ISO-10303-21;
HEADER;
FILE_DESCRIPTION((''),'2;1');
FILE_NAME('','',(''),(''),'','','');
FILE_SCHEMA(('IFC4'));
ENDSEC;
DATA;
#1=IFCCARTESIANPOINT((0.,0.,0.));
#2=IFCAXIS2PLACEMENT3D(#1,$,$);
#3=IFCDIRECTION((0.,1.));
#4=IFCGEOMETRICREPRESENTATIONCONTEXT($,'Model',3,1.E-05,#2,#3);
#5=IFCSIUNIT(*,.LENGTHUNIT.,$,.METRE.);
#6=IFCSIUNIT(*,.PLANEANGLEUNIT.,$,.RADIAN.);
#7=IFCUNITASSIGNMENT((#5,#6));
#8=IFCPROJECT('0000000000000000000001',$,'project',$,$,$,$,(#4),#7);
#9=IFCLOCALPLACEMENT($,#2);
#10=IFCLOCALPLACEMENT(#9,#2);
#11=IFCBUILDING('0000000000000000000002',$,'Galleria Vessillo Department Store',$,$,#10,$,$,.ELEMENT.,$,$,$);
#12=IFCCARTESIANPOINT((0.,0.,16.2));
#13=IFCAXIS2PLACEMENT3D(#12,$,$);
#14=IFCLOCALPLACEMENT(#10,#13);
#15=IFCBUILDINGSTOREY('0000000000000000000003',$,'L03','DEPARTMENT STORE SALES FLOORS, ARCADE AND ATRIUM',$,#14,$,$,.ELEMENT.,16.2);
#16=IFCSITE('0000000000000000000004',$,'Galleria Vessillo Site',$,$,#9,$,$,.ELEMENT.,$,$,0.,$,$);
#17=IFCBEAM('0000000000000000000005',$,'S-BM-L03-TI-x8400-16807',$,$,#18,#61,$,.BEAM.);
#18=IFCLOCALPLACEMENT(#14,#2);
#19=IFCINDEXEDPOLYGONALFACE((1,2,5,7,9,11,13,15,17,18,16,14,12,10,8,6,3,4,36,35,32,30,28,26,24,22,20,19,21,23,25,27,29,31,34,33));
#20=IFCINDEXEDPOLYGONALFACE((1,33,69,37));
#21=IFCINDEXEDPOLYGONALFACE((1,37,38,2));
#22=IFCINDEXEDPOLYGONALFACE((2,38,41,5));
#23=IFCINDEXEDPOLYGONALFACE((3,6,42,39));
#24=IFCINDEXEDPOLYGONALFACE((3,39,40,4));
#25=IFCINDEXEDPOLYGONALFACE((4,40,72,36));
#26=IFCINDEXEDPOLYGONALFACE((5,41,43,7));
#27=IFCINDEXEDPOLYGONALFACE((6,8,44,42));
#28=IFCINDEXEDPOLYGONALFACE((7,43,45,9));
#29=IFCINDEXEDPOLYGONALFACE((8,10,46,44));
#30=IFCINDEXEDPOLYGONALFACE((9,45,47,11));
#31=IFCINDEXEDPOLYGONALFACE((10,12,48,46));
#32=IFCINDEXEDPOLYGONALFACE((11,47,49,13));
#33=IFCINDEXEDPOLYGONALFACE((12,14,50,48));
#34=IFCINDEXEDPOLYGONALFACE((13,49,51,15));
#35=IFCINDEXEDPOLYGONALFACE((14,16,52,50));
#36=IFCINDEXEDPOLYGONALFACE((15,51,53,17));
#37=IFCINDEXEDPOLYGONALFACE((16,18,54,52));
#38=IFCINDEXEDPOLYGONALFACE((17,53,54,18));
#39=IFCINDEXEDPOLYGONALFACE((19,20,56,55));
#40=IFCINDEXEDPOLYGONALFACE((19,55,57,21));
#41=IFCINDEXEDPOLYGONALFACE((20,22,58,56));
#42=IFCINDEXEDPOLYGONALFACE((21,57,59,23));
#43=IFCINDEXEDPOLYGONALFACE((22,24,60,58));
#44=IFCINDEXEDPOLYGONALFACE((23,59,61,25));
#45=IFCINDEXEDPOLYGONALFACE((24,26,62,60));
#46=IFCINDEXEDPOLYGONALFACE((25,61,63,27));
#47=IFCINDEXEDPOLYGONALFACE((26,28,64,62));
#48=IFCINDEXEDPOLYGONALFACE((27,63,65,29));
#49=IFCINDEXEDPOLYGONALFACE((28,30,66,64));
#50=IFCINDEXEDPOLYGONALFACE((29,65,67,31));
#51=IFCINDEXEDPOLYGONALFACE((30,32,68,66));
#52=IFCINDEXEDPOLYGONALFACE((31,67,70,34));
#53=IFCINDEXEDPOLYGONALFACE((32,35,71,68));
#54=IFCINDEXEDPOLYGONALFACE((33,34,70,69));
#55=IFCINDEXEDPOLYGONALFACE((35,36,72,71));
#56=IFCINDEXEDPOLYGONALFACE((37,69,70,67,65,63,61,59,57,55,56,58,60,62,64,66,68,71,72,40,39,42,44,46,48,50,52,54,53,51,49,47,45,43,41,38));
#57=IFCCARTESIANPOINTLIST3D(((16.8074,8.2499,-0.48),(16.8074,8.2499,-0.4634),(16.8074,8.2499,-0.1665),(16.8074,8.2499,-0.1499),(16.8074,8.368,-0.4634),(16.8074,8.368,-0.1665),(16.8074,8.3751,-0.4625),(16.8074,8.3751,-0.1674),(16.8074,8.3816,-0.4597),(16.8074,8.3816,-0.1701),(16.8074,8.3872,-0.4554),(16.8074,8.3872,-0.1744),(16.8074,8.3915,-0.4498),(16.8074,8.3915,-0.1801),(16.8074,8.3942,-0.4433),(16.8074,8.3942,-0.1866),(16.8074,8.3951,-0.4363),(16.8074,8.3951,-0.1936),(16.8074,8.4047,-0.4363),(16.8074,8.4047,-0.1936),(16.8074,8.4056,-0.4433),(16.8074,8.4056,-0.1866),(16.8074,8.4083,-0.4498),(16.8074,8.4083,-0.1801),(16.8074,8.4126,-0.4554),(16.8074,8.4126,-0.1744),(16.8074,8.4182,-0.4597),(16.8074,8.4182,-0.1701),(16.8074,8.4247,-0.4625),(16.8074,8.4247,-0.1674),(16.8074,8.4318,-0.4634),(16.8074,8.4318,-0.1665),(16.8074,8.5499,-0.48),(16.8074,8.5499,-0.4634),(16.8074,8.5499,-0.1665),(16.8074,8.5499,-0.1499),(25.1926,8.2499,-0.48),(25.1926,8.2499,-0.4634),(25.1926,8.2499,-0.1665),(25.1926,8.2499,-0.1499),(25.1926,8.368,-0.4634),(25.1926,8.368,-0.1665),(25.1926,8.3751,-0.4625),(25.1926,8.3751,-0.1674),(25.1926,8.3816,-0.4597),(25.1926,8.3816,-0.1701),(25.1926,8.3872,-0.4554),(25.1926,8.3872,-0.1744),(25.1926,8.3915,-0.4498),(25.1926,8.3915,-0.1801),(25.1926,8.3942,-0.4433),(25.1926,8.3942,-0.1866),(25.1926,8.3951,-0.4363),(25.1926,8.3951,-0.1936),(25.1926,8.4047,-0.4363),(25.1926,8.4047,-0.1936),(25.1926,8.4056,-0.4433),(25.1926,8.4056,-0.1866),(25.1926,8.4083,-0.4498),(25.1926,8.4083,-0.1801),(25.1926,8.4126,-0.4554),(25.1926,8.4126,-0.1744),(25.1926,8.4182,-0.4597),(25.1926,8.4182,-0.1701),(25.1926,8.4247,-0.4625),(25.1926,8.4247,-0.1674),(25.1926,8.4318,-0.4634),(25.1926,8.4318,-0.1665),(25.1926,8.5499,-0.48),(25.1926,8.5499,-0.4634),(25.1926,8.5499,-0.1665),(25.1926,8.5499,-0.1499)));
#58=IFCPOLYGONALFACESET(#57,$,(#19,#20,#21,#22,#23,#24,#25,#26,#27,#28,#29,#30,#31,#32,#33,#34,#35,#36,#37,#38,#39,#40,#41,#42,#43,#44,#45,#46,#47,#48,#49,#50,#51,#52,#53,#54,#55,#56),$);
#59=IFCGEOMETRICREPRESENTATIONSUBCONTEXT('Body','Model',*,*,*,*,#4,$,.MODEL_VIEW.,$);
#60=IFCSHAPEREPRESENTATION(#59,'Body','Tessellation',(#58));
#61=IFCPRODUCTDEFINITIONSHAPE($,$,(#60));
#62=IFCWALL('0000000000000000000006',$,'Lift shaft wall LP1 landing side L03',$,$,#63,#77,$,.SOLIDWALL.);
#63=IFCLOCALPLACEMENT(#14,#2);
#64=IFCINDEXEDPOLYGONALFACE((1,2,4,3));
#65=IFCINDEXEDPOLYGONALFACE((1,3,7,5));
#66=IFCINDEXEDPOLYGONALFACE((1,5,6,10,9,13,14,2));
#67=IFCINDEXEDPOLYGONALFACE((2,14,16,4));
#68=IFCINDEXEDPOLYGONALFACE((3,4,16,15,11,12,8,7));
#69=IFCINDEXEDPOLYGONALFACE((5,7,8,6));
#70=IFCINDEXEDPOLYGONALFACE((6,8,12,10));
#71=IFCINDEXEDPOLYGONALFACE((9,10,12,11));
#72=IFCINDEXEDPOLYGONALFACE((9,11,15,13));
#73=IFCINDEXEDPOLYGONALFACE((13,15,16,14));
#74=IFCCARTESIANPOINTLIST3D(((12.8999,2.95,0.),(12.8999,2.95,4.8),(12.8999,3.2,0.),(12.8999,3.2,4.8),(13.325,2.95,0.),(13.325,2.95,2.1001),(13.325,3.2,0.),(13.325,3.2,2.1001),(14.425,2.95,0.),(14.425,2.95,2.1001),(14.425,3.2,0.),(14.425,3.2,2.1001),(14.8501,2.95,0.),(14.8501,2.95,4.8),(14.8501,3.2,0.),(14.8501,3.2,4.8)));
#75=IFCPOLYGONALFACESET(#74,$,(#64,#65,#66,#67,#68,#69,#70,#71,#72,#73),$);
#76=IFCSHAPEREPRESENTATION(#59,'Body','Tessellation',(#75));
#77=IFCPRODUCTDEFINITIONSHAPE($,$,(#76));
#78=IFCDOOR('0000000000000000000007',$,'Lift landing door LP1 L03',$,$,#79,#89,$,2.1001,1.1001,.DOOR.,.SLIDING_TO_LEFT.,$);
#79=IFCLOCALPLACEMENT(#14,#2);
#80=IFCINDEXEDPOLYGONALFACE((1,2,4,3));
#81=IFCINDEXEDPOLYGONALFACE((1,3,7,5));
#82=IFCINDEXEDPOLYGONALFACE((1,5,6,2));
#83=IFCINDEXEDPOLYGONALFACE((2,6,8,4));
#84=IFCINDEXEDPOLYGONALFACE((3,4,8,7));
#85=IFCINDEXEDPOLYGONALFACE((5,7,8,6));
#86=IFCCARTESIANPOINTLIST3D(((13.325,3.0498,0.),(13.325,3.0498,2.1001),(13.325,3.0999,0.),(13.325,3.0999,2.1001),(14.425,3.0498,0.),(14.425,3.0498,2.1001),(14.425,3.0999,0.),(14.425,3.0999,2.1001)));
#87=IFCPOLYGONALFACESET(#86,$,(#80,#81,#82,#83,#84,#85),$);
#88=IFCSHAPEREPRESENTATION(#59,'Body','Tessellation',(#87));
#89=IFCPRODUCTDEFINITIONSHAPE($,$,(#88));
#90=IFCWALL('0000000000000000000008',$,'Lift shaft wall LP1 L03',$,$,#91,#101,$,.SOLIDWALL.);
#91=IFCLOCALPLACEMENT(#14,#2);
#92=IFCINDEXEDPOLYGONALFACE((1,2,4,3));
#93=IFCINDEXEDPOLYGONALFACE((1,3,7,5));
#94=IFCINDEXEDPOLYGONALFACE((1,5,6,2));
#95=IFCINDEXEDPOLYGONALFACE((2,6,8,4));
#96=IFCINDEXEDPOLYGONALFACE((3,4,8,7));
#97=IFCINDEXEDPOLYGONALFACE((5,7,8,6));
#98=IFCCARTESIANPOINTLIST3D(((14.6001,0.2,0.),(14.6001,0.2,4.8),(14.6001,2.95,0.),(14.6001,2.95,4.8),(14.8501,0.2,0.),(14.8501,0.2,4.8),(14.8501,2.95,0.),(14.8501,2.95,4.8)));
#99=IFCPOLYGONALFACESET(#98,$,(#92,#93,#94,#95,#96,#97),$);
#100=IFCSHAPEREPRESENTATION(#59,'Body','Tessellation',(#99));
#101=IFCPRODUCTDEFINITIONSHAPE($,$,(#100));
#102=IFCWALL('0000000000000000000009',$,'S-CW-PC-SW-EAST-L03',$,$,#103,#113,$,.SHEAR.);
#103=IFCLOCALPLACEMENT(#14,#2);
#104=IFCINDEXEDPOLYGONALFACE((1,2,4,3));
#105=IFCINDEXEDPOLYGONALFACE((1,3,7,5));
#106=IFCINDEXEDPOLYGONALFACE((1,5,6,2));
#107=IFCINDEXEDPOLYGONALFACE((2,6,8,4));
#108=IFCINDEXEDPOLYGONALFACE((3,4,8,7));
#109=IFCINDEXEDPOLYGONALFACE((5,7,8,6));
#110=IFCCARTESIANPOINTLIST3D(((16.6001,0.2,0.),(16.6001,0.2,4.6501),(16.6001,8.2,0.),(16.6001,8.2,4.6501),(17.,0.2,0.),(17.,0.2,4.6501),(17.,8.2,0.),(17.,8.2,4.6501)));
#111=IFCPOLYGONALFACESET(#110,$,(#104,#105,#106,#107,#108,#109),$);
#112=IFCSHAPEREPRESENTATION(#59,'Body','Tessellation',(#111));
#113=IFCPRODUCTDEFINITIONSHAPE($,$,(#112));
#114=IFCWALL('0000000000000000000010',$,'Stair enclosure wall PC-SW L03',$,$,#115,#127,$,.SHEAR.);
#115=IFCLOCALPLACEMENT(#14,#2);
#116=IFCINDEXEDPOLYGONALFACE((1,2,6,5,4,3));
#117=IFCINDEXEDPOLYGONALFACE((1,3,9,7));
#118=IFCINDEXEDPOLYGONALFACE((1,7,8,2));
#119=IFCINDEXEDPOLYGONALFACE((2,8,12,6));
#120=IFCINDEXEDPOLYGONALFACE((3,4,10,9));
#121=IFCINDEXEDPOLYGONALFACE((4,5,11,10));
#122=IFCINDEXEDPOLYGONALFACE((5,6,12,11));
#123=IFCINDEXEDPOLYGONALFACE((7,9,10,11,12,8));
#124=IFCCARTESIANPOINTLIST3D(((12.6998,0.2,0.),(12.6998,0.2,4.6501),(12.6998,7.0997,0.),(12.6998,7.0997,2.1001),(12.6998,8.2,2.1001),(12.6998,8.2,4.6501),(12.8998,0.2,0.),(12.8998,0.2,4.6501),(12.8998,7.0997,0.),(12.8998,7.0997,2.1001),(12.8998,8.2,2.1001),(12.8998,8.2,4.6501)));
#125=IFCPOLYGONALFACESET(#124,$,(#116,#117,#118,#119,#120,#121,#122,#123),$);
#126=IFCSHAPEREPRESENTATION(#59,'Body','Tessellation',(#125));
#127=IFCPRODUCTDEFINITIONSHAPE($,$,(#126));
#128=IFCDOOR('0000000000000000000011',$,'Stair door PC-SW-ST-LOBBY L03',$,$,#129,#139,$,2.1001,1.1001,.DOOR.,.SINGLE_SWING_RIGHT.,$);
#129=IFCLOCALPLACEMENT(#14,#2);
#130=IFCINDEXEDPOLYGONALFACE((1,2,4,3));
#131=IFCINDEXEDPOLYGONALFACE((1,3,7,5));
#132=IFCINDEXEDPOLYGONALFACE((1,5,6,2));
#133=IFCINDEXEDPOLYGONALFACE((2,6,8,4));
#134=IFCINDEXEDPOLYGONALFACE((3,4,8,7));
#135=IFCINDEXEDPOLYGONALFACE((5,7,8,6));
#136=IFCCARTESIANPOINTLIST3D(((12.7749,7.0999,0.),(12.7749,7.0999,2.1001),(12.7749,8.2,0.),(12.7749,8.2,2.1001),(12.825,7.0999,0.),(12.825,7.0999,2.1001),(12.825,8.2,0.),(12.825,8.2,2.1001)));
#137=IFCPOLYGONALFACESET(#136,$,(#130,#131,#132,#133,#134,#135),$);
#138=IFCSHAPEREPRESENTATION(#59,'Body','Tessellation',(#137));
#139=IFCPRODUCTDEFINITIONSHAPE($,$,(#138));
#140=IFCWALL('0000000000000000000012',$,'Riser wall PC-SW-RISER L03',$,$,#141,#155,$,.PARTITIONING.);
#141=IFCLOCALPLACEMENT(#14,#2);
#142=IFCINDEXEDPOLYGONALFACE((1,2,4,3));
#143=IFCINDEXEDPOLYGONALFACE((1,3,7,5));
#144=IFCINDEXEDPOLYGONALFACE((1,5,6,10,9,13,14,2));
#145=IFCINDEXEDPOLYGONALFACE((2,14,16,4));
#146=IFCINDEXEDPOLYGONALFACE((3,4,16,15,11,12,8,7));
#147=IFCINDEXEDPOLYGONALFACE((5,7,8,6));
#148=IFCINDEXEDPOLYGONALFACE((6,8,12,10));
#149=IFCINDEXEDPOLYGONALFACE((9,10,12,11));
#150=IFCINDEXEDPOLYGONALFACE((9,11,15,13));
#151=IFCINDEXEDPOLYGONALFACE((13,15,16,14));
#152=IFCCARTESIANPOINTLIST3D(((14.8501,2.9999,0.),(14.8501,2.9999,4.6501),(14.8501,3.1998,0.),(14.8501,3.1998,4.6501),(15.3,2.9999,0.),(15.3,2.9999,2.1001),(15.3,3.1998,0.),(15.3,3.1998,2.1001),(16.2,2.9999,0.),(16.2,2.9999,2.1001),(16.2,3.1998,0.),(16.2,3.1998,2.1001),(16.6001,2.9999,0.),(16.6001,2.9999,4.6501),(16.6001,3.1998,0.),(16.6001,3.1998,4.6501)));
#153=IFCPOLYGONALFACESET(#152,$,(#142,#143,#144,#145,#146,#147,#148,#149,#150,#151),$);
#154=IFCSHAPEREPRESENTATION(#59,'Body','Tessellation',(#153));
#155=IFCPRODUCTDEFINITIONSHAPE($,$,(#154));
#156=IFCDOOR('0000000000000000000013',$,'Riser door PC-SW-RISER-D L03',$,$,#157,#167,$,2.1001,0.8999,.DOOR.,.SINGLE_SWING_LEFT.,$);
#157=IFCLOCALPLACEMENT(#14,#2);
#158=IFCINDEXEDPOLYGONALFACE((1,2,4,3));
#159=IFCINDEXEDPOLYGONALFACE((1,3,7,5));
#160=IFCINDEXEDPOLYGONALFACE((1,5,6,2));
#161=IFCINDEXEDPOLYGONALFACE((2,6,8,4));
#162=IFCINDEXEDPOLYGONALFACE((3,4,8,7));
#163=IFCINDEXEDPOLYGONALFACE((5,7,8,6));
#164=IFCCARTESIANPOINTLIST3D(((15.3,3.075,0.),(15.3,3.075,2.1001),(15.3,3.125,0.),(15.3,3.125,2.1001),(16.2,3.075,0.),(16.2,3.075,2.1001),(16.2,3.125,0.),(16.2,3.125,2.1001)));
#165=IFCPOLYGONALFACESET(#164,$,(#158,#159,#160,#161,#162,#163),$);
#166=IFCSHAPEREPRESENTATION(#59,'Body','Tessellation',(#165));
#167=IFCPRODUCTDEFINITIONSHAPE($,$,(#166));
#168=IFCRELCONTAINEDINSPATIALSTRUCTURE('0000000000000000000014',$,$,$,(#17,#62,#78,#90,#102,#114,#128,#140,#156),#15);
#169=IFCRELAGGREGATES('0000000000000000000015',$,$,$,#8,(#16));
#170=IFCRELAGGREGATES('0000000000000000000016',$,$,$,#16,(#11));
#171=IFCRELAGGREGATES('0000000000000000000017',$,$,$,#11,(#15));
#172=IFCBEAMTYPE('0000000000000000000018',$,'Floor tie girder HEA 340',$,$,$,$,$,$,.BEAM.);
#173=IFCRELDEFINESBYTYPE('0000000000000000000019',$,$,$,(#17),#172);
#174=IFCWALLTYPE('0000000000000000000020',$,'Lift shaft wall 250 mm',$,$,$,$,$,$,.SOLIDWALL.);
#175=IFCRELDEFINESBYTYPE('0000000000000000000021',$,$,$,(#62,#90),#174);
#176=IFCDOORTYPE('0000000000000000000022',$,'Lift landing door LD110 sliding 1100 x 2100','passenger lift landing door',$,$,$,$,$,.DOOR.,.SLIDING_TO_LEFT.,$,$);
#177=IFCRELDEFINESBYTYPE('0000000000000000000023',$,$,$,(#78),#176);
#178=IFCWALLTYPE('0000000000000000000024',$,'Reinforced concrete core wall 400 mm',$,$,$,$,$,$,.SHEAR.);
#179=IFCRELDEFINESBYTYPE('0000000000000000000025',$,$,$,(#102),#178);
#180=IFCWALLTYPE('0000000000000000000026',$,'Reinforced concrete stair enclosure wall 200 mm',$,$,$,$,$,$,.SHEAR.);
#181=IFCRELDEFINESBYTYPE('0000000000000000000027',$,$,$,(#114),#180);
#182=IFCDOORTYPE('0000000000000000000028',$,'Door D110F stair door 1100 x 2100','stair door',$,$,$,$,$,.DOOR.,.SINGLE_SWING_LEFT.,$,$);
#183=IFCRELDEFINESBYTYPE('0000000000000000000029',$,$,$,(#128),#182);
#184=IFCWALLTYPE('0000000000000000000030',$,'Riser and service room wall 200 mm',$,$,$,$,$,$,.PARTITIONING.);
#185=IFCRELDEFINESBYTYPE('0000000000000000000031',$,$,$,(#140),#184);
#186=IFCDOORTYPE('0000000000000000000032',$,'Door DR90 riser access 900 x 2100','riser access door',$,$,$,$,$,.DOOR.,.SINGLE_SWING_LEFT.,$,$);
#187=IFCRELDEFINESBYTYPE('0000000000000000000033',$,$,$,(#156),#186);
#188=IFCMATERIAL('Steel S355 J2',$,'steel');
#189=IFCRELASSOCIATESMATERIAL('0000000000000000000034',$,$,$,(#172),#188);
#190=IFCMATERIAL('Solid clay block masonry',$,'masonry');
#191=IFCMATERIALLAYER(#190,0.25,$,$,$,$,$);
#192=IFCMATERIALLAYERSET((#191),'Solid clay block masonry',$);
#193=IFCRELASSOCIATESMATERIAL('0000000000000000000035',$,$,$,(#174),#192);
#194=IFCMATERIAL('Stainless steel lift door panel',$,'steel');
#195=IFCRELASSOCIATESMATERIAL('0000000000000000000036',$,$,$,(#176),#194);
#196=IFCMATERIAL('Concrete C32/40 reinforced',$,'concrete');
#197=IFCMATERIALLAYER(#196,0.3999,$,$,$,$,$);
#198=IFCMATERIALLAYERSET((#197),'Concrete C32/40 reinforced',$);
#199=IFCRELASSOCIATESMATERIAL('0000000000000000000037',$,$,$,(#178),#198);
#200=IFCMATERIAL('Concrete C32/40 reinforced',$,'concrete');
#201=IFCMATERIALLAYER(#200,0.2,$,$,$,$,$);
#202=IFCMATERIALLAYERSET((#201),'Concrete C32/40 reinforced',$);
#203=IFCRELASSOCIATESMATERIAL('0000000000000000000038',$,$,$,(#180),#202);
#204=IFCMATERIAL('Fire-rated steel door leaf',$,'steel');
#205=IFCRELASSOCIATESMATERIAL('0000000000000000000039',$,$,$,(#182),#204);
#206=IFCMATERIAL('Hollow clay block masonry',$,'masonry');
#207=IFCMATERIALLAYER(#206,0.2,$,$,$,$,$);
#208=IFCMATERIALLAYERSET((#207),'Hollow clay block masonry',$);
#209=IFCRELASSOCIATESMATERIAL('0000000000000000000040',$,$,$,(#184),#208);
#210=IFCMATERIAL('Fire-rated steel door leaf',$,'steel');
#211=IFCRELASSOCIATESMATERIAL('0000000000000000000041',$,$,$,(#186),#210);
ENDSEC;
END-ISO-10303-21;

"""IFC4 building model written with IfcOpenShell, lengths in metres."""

from ifc_helpers import new_model, si_unit, direction, frame, frame_2d, origin, origin_2d, place, context, subcontext, project, spatial, rectangle, i_section, extrude, material, layer, layer_set, material_profile, profile_set, type_object, element, fill, save


model = new_model("IFC4")

# Units and contexts
model_context = context("Model", 3, precision=1e-05, world=origin(), true_north=direction((0.0, 1.0)))
body_context = subcontext(model_context, "Body", "Model", "MODEL_VIEW")
ifc_project = project(units=[si_unit("LENGTHUNIT", "METRE"), si_unit("PLANEANGLEUNIT", "RADIAN")], contexts=[model_context])

# Site, building, storey
site_placement = place(None, origin())
site = spatial("IfcSite", under=ifc_project, at=site_placement, Name="Galleria Vessillo Site", CompositionType="ELEMENT", RefElevation=0.0)
building_placement = place(site_placement, origin())
building = spatial("IfcBuilding", under=site, at=building_placement, Name="Galleria Vessillo Department Store", CompositionType="ELEMENT")
storey_placement = place(building_placement, frame((0.0, 0.0, 16.2)))
storey = spatial("IfcBuildingStorey", under=building, at=storey_placement, Name="L03", Description="DEPARTMENT STORE SALES FLOORS, ARCADE AND ATRIUM", CompositionType="ELEMENT", Elevation=16.2)

# Beam
ifc_material_1 = material(Name="Steel S355 J2", Category="steel")
ifc_material_profile_1 = material_profile(ifc_material_1, i_section(OverallWidth=0.3, OverallDepth=0.3301, WebThickness=0.0095, FlangeThickness=0.0166, FilletRadius=0.0271, at=origin_2d()), Name="HEA 340")
ifc_profile_set_1 = profile_set([ifc_material_profile_1], Name="Steel S355 J2")
beam_type_1 = type_object("IfcBeamType", Name="Floor tie girder HEA 340", PredefinedType="BEAM", material=ifc_profile_set_1)
beam_1_placement = place(storey_placement, frame((16.8074, 8.3999, -0.3149), z_axis=(1.0, 0.0, 0.0), x_axis=(0.0, 1.0, 0.0)))
element("IfcBeam", 1, at=beam_1_placement, inside=storey, type_object=beam_type_1, Name="S-BM-L03-TI-x8400-16807", PredefinedType="BEAM", context=body_context, shape_type="SweptSolid", body=[
    extrude(i_section(OverallWidth=0.3, OverallDepth=0.3301, WebThickness=0.0095, FlangeThickness=0.0166, FilletRadius=0.0271, at=origin_2d()), origin(), (0.0, 0.0, 1.0), 8.3853),
])

# Wall, opening, door
ifc_material_2 = material(Name="Solid clay block masonry", Category="masonry")
ifc_layer_1 = layer(ifc_material_2, 0.25)
ifc_layer_set_1 = layer_set([ifc_layer_1], Name="Solid clay block masonry")
wall_type_1 = type_object("IfcWallType", Name="Lift shaft wall 250 mm", PredefinedType="SOLIDWALL", material=ifc_layer_set_1)
wall_1_placement = place(storey_placement, frame((12.8999, 3.075, 0.0), z_axis=(0.0, 0.0, 1.0), x_axis=(1.0, 0.0, 0.0)))
wall_1 = element("IfcWall", 2, at=wall_1_placement, inside=storey, type_object=wall_type_1, Name="Lift shaft wall LP1 landing side L03", PredefinedType="SOLIDWALL", context=body_context, shape_type="SweptSolid", body=[
    extrude(rectangle(XDim=1.9502, YDim=0.25, at=frame_2d((0.9751, 0.0))), origin(), (0.0, 0.0, 1.0), 4.8),
])
opening_1_placement = place(wall_1_placement, frame((0.425, 0.0, 0.0)))
opening_1 = element("IfcOpeningElement", 3, at=opening_1_placement, cuts=wall_1, PredefinedType="OPENING", context=body_context, shape_type="SweptSolid", body=[
    extrude(rectangle(XDim=1.1001, YDim=2.1001, at=frame_2d((0.55, 1.05))), frame((0.0, 0.135, 0.0), z_axis=(0.0, -1.0, 0.0), x_axis=(1.0, 0.0, 0.0)), (0.0, 0.0, 1.0), 0.27),
])
ifc_material_3 = material(Name="Stainless steel lift door panel", Category="steel")
door_type_1 = type_object("IfcDoorType", Name="Lift landing door LD110 sliding 1100 x 2100", Description="passenger lift landing door", OperationType="SLIDING_TO_LEFT", PredefinedType="DOOR", material=ifc_material_3)
door_1_placement = place(opening_1_placement, origin())
door_1 = element("IfcDoor", 4, at=door_1_placement, inside=storey, type_object=door_type_1, Name="Lift landing door LP1 L03", OperationType="SLIDING_TO_LEFT", OverallHeight=2.1001, OverallWidth=1.1001, PredefinedType="DOOR", context=body_context, shape_type="SweptSolid", body=[
    extrude(rectangle(XDim=1.1001, YDim=2.1001, at=frame_2d((0.55, 1.05))), frame((0.0, 0.0249, 0.0), z_axis=(0.0, -1.0, 0.0), x_axis=(1.0, 0.0, 0.0)), (0.0, 0.0, 1.0), 0.05),
])
fill(opening_1, door_1)

# Walls
wall_2_placement = place(storey_placement, frame((14.7251, 0.2, 0.0), z_axis=(0.0, 0.0, 1.0), x_axis=(0.0, 1.0, 0.0)))
element("IfcWall", 5, at=wall_2_placement, inside=storey, type_object=wall_type_1, Name="Lift shaft wall LP1 L03", PredefinedType="SOLIDWALL", context=body_context, shape_type="SweptSolid", body=[
    extrude(rectangle(XDim=2.75, YDim=0.25, at=frame_2d((1.375, 0.0))), origin(), (0.0, 0.0, 1.0), 4.8),
])
ifc_material_4 = material(Name="Concrete C32/40 reinforced", Category="concrete")
ifc_layer_2 = layer(ifc_material_4, 0.3999)
ifc_layer_set_2 = layer_set([ifc_layer_2], Name="Concrete C32/40 reinforced")
wall_type_2 = type_object("IfcWallType", Name="Reinforced concrete core wall 400 mm", PredefinedType="SHEAR", material=ifc_layer_set_2)
wall_3_placement = place(storey_placement, frame((16.8, 0.2, 0.0), z_axis=(0.0, 0.0, 1.0), x_axis=(0.0, 1.0, 0.0)))
element("IfcWall", 6, at=wall_3_placement, inside=storey, type_object=wall_type_2, Name="S-CW-PC-SW-EAST-L03", PredefinedType="SHEAR", context=body_context, shape_type="SweptSolid", body=[
    extrude(rectangle(XDim=8.0, YDim=0.3999, at=frame_2d((4.0, 0.0))), origin(), (0.0, 0.0, 1.0), 4.6501),
])

# Walls, openings, doors
ifc_material_5 = material(Name="Concrete C32/40 reinforced", Category="concrete")
ifc_layer_3 = layer(ifc_material_5, 0.2)
ifc_layer_set_3 = layer_set([ifc_layer_3], Name="Concrete C32/40 reinforced")
wall_type_3 = type_object("IfcWallType", Name="Reinforced concrete stair enclosure wall 200 mm", PredefinedType="SHEAR", material=ifc_layer_set_3)
wall_4_placement = place(storey_placement, frame((12.7998, 0.2, 0.0), z_axis=(0.0, 0.0, 1.0), x_axis=(0.0, 1.0, 0.0)))
wall_4 = element("IfcWall", 7, at=wall_4_placement, inside=storey, type_object=wall_type_3, Name="Stair enclosure wall PC-SW L03", PredefinedType="SHEAR", context=body_context, shape_type="SweptSolid", body=[
    extrude(rectangle(XDim=8.0, YDim=0.2, at=frame_2d((4.0, 0.0))), origin(), (0.0, 0.0, 1.0), 4.6501),
])
opening_2_placement = place(wall_4_placement, frame((6.8999, 0.0, 0.0)))
opening_2 = element("IfcOpeningElement", 8, at=opening_2_placement, cuts=wall_4, PredefinedType="OPENING", context=body_context, shape_type="SweptSolid", body=[
    extrude(rectangle(XDim=1.1101, YDim=2.1001, at=frame_2d((0.5549, 1.05))), frame((0.0, 0.1099, 0.0), z_axis=(0.0, -1.0, 0.0), x_axis=(1.0, 0.0, 0.0)), (0.0, 0.0, 1.0), 0.22),
])
ifc_material_6 = material(Name="Fire-rated steel door leaf", Category="steel")
door_type_2 = type_object("IfcDoorType", Name="Door D110F stair door 1100 x 2100", Description="stair door", OperationType="SINGLE_SWING_LEFT", PredefinedType="DOOR", material=ifc_material_6)
door_2_placement = place(opening_2_placement, origin())
door_2 = element("IfcDoor", 9, at=door_2_placement, inside=storey, type_object=door_type_2, Name="Stair door PC-SW-ST-LOBBY L03", OperationType="SINGLE_SWING_RIGHT", OverallHeight=2.1001, OverallWidth=1.1001, PredefinedType="DOOR", context=body_context, shape_type="SweptSolid", body=[
    extrude(rectangle(XDim=1.1001, YDim=2.1001, at=frame_2d((0.55, 1.05))), frame((0.0, 0.0249, 0.0), z_axis=(0.0, -1.0, 0.0), x_axis=(1.0, 0.0, 0.0)), (0.0, 0.0, 1.0), 0.05),
])
fill(opening_2, door_2)
ifc_material_7 = material(Name="Hollow clay block masonry", Category="masonry")
ifc_layer_4 = layer(ifc_material_7, 0.2)
ifc_layer_set_4 = layer_set([ifc_layer_4], Name="Hollow clay block masonry")
wall_type_4 = type_object("IfcWallType", Name="Riser and service room wall 200 mm", PredefinedType="PARTITIONING", material=ifc_layer_set_4)
wall_5_placement = place(storey_placement, frame((14.8501, 3.0999, 0.0), z_axis=(0.0, 0.0, 1.0), x_axis=(1.0, 0.0, 0.0)))
wall_5 = element("IfcWall", 10, at=wall_5_placement, inside=storey, type_object=wall_type_4, Name="Riser wall PC-SW-RISER L03", PredefinedType="PARTITIONING", context=body_context, shape_type="SweptSolid", body=[
    extrude(rectangle(XDim=1.75, YDim=0.2, at=frame_2d((0.875, 0.0))), origin(), (0.0, 0.0, 1.0), 4.6501),
])
opening_3_placement = place(wall_5_placement, frame((0.45, 0.0, 0.0)))
opening_3 = element("IfcOpeningElement", 11, at=opening_3_placement, cuts=wall_5, PredefinedType="OPENING", context=body_context, shape_type="SweptSolid", body=[
    extrude(rectangle(XDim=0.8999, YDim=2.1001, at=frame_2d((0.45, 1.05))), frame((0.0, 0.1099, 0.0), z_axis=(0.0, -1.0, 0.0), x_axis=(1.0, 0.0, 0.0)), (0.0, 0.0, 1.0), 0.22),
])
ifc_material_8 = material(Name="Fire-rated steel door leaf", Category="steel")
door_type_3 = type_object("IfcDoorType", Name="Door DR90 riser access 900 x 2100", Description="riser access door", OperationType="SINGLE_SWING_LEFT", PredefinedType="DOOR", material=ifc_material_8)
door_3_placement = place(opening_3_placement, frame((0.8999, 0.0, 0.0), z_axis=(0.0, 0.0, 1.0), x_axis=(-1.0, 0.0, 0.0)))
door_3 = element("IfcDoor", 12, at=door_3_placement, inside=storey, type_object=door_type_3, Name="Riser door PC-SW-RISER-D L03", OperationType="SINGLE_SWING_LEFT", OverallHeight=2.1001, OverallWidth=0.8999, PredefinedType="DOOR", context=body_context, shape_type="SweptSolid", body=[
    extrude(rectangle(XDim=0.8999, YDim=2.1001, at=frame_2d((0.45, 1.05))), frame((0.0, 0.0249, 0.0), z_axis=(0.0, -1.0, 0.0), x_axis=(1.0, 0.0, 0.0)), (0.0, 0.0, 1.0), 0.05),
])
fill(opening_3, door_3)

save(model, "model.ifc")
